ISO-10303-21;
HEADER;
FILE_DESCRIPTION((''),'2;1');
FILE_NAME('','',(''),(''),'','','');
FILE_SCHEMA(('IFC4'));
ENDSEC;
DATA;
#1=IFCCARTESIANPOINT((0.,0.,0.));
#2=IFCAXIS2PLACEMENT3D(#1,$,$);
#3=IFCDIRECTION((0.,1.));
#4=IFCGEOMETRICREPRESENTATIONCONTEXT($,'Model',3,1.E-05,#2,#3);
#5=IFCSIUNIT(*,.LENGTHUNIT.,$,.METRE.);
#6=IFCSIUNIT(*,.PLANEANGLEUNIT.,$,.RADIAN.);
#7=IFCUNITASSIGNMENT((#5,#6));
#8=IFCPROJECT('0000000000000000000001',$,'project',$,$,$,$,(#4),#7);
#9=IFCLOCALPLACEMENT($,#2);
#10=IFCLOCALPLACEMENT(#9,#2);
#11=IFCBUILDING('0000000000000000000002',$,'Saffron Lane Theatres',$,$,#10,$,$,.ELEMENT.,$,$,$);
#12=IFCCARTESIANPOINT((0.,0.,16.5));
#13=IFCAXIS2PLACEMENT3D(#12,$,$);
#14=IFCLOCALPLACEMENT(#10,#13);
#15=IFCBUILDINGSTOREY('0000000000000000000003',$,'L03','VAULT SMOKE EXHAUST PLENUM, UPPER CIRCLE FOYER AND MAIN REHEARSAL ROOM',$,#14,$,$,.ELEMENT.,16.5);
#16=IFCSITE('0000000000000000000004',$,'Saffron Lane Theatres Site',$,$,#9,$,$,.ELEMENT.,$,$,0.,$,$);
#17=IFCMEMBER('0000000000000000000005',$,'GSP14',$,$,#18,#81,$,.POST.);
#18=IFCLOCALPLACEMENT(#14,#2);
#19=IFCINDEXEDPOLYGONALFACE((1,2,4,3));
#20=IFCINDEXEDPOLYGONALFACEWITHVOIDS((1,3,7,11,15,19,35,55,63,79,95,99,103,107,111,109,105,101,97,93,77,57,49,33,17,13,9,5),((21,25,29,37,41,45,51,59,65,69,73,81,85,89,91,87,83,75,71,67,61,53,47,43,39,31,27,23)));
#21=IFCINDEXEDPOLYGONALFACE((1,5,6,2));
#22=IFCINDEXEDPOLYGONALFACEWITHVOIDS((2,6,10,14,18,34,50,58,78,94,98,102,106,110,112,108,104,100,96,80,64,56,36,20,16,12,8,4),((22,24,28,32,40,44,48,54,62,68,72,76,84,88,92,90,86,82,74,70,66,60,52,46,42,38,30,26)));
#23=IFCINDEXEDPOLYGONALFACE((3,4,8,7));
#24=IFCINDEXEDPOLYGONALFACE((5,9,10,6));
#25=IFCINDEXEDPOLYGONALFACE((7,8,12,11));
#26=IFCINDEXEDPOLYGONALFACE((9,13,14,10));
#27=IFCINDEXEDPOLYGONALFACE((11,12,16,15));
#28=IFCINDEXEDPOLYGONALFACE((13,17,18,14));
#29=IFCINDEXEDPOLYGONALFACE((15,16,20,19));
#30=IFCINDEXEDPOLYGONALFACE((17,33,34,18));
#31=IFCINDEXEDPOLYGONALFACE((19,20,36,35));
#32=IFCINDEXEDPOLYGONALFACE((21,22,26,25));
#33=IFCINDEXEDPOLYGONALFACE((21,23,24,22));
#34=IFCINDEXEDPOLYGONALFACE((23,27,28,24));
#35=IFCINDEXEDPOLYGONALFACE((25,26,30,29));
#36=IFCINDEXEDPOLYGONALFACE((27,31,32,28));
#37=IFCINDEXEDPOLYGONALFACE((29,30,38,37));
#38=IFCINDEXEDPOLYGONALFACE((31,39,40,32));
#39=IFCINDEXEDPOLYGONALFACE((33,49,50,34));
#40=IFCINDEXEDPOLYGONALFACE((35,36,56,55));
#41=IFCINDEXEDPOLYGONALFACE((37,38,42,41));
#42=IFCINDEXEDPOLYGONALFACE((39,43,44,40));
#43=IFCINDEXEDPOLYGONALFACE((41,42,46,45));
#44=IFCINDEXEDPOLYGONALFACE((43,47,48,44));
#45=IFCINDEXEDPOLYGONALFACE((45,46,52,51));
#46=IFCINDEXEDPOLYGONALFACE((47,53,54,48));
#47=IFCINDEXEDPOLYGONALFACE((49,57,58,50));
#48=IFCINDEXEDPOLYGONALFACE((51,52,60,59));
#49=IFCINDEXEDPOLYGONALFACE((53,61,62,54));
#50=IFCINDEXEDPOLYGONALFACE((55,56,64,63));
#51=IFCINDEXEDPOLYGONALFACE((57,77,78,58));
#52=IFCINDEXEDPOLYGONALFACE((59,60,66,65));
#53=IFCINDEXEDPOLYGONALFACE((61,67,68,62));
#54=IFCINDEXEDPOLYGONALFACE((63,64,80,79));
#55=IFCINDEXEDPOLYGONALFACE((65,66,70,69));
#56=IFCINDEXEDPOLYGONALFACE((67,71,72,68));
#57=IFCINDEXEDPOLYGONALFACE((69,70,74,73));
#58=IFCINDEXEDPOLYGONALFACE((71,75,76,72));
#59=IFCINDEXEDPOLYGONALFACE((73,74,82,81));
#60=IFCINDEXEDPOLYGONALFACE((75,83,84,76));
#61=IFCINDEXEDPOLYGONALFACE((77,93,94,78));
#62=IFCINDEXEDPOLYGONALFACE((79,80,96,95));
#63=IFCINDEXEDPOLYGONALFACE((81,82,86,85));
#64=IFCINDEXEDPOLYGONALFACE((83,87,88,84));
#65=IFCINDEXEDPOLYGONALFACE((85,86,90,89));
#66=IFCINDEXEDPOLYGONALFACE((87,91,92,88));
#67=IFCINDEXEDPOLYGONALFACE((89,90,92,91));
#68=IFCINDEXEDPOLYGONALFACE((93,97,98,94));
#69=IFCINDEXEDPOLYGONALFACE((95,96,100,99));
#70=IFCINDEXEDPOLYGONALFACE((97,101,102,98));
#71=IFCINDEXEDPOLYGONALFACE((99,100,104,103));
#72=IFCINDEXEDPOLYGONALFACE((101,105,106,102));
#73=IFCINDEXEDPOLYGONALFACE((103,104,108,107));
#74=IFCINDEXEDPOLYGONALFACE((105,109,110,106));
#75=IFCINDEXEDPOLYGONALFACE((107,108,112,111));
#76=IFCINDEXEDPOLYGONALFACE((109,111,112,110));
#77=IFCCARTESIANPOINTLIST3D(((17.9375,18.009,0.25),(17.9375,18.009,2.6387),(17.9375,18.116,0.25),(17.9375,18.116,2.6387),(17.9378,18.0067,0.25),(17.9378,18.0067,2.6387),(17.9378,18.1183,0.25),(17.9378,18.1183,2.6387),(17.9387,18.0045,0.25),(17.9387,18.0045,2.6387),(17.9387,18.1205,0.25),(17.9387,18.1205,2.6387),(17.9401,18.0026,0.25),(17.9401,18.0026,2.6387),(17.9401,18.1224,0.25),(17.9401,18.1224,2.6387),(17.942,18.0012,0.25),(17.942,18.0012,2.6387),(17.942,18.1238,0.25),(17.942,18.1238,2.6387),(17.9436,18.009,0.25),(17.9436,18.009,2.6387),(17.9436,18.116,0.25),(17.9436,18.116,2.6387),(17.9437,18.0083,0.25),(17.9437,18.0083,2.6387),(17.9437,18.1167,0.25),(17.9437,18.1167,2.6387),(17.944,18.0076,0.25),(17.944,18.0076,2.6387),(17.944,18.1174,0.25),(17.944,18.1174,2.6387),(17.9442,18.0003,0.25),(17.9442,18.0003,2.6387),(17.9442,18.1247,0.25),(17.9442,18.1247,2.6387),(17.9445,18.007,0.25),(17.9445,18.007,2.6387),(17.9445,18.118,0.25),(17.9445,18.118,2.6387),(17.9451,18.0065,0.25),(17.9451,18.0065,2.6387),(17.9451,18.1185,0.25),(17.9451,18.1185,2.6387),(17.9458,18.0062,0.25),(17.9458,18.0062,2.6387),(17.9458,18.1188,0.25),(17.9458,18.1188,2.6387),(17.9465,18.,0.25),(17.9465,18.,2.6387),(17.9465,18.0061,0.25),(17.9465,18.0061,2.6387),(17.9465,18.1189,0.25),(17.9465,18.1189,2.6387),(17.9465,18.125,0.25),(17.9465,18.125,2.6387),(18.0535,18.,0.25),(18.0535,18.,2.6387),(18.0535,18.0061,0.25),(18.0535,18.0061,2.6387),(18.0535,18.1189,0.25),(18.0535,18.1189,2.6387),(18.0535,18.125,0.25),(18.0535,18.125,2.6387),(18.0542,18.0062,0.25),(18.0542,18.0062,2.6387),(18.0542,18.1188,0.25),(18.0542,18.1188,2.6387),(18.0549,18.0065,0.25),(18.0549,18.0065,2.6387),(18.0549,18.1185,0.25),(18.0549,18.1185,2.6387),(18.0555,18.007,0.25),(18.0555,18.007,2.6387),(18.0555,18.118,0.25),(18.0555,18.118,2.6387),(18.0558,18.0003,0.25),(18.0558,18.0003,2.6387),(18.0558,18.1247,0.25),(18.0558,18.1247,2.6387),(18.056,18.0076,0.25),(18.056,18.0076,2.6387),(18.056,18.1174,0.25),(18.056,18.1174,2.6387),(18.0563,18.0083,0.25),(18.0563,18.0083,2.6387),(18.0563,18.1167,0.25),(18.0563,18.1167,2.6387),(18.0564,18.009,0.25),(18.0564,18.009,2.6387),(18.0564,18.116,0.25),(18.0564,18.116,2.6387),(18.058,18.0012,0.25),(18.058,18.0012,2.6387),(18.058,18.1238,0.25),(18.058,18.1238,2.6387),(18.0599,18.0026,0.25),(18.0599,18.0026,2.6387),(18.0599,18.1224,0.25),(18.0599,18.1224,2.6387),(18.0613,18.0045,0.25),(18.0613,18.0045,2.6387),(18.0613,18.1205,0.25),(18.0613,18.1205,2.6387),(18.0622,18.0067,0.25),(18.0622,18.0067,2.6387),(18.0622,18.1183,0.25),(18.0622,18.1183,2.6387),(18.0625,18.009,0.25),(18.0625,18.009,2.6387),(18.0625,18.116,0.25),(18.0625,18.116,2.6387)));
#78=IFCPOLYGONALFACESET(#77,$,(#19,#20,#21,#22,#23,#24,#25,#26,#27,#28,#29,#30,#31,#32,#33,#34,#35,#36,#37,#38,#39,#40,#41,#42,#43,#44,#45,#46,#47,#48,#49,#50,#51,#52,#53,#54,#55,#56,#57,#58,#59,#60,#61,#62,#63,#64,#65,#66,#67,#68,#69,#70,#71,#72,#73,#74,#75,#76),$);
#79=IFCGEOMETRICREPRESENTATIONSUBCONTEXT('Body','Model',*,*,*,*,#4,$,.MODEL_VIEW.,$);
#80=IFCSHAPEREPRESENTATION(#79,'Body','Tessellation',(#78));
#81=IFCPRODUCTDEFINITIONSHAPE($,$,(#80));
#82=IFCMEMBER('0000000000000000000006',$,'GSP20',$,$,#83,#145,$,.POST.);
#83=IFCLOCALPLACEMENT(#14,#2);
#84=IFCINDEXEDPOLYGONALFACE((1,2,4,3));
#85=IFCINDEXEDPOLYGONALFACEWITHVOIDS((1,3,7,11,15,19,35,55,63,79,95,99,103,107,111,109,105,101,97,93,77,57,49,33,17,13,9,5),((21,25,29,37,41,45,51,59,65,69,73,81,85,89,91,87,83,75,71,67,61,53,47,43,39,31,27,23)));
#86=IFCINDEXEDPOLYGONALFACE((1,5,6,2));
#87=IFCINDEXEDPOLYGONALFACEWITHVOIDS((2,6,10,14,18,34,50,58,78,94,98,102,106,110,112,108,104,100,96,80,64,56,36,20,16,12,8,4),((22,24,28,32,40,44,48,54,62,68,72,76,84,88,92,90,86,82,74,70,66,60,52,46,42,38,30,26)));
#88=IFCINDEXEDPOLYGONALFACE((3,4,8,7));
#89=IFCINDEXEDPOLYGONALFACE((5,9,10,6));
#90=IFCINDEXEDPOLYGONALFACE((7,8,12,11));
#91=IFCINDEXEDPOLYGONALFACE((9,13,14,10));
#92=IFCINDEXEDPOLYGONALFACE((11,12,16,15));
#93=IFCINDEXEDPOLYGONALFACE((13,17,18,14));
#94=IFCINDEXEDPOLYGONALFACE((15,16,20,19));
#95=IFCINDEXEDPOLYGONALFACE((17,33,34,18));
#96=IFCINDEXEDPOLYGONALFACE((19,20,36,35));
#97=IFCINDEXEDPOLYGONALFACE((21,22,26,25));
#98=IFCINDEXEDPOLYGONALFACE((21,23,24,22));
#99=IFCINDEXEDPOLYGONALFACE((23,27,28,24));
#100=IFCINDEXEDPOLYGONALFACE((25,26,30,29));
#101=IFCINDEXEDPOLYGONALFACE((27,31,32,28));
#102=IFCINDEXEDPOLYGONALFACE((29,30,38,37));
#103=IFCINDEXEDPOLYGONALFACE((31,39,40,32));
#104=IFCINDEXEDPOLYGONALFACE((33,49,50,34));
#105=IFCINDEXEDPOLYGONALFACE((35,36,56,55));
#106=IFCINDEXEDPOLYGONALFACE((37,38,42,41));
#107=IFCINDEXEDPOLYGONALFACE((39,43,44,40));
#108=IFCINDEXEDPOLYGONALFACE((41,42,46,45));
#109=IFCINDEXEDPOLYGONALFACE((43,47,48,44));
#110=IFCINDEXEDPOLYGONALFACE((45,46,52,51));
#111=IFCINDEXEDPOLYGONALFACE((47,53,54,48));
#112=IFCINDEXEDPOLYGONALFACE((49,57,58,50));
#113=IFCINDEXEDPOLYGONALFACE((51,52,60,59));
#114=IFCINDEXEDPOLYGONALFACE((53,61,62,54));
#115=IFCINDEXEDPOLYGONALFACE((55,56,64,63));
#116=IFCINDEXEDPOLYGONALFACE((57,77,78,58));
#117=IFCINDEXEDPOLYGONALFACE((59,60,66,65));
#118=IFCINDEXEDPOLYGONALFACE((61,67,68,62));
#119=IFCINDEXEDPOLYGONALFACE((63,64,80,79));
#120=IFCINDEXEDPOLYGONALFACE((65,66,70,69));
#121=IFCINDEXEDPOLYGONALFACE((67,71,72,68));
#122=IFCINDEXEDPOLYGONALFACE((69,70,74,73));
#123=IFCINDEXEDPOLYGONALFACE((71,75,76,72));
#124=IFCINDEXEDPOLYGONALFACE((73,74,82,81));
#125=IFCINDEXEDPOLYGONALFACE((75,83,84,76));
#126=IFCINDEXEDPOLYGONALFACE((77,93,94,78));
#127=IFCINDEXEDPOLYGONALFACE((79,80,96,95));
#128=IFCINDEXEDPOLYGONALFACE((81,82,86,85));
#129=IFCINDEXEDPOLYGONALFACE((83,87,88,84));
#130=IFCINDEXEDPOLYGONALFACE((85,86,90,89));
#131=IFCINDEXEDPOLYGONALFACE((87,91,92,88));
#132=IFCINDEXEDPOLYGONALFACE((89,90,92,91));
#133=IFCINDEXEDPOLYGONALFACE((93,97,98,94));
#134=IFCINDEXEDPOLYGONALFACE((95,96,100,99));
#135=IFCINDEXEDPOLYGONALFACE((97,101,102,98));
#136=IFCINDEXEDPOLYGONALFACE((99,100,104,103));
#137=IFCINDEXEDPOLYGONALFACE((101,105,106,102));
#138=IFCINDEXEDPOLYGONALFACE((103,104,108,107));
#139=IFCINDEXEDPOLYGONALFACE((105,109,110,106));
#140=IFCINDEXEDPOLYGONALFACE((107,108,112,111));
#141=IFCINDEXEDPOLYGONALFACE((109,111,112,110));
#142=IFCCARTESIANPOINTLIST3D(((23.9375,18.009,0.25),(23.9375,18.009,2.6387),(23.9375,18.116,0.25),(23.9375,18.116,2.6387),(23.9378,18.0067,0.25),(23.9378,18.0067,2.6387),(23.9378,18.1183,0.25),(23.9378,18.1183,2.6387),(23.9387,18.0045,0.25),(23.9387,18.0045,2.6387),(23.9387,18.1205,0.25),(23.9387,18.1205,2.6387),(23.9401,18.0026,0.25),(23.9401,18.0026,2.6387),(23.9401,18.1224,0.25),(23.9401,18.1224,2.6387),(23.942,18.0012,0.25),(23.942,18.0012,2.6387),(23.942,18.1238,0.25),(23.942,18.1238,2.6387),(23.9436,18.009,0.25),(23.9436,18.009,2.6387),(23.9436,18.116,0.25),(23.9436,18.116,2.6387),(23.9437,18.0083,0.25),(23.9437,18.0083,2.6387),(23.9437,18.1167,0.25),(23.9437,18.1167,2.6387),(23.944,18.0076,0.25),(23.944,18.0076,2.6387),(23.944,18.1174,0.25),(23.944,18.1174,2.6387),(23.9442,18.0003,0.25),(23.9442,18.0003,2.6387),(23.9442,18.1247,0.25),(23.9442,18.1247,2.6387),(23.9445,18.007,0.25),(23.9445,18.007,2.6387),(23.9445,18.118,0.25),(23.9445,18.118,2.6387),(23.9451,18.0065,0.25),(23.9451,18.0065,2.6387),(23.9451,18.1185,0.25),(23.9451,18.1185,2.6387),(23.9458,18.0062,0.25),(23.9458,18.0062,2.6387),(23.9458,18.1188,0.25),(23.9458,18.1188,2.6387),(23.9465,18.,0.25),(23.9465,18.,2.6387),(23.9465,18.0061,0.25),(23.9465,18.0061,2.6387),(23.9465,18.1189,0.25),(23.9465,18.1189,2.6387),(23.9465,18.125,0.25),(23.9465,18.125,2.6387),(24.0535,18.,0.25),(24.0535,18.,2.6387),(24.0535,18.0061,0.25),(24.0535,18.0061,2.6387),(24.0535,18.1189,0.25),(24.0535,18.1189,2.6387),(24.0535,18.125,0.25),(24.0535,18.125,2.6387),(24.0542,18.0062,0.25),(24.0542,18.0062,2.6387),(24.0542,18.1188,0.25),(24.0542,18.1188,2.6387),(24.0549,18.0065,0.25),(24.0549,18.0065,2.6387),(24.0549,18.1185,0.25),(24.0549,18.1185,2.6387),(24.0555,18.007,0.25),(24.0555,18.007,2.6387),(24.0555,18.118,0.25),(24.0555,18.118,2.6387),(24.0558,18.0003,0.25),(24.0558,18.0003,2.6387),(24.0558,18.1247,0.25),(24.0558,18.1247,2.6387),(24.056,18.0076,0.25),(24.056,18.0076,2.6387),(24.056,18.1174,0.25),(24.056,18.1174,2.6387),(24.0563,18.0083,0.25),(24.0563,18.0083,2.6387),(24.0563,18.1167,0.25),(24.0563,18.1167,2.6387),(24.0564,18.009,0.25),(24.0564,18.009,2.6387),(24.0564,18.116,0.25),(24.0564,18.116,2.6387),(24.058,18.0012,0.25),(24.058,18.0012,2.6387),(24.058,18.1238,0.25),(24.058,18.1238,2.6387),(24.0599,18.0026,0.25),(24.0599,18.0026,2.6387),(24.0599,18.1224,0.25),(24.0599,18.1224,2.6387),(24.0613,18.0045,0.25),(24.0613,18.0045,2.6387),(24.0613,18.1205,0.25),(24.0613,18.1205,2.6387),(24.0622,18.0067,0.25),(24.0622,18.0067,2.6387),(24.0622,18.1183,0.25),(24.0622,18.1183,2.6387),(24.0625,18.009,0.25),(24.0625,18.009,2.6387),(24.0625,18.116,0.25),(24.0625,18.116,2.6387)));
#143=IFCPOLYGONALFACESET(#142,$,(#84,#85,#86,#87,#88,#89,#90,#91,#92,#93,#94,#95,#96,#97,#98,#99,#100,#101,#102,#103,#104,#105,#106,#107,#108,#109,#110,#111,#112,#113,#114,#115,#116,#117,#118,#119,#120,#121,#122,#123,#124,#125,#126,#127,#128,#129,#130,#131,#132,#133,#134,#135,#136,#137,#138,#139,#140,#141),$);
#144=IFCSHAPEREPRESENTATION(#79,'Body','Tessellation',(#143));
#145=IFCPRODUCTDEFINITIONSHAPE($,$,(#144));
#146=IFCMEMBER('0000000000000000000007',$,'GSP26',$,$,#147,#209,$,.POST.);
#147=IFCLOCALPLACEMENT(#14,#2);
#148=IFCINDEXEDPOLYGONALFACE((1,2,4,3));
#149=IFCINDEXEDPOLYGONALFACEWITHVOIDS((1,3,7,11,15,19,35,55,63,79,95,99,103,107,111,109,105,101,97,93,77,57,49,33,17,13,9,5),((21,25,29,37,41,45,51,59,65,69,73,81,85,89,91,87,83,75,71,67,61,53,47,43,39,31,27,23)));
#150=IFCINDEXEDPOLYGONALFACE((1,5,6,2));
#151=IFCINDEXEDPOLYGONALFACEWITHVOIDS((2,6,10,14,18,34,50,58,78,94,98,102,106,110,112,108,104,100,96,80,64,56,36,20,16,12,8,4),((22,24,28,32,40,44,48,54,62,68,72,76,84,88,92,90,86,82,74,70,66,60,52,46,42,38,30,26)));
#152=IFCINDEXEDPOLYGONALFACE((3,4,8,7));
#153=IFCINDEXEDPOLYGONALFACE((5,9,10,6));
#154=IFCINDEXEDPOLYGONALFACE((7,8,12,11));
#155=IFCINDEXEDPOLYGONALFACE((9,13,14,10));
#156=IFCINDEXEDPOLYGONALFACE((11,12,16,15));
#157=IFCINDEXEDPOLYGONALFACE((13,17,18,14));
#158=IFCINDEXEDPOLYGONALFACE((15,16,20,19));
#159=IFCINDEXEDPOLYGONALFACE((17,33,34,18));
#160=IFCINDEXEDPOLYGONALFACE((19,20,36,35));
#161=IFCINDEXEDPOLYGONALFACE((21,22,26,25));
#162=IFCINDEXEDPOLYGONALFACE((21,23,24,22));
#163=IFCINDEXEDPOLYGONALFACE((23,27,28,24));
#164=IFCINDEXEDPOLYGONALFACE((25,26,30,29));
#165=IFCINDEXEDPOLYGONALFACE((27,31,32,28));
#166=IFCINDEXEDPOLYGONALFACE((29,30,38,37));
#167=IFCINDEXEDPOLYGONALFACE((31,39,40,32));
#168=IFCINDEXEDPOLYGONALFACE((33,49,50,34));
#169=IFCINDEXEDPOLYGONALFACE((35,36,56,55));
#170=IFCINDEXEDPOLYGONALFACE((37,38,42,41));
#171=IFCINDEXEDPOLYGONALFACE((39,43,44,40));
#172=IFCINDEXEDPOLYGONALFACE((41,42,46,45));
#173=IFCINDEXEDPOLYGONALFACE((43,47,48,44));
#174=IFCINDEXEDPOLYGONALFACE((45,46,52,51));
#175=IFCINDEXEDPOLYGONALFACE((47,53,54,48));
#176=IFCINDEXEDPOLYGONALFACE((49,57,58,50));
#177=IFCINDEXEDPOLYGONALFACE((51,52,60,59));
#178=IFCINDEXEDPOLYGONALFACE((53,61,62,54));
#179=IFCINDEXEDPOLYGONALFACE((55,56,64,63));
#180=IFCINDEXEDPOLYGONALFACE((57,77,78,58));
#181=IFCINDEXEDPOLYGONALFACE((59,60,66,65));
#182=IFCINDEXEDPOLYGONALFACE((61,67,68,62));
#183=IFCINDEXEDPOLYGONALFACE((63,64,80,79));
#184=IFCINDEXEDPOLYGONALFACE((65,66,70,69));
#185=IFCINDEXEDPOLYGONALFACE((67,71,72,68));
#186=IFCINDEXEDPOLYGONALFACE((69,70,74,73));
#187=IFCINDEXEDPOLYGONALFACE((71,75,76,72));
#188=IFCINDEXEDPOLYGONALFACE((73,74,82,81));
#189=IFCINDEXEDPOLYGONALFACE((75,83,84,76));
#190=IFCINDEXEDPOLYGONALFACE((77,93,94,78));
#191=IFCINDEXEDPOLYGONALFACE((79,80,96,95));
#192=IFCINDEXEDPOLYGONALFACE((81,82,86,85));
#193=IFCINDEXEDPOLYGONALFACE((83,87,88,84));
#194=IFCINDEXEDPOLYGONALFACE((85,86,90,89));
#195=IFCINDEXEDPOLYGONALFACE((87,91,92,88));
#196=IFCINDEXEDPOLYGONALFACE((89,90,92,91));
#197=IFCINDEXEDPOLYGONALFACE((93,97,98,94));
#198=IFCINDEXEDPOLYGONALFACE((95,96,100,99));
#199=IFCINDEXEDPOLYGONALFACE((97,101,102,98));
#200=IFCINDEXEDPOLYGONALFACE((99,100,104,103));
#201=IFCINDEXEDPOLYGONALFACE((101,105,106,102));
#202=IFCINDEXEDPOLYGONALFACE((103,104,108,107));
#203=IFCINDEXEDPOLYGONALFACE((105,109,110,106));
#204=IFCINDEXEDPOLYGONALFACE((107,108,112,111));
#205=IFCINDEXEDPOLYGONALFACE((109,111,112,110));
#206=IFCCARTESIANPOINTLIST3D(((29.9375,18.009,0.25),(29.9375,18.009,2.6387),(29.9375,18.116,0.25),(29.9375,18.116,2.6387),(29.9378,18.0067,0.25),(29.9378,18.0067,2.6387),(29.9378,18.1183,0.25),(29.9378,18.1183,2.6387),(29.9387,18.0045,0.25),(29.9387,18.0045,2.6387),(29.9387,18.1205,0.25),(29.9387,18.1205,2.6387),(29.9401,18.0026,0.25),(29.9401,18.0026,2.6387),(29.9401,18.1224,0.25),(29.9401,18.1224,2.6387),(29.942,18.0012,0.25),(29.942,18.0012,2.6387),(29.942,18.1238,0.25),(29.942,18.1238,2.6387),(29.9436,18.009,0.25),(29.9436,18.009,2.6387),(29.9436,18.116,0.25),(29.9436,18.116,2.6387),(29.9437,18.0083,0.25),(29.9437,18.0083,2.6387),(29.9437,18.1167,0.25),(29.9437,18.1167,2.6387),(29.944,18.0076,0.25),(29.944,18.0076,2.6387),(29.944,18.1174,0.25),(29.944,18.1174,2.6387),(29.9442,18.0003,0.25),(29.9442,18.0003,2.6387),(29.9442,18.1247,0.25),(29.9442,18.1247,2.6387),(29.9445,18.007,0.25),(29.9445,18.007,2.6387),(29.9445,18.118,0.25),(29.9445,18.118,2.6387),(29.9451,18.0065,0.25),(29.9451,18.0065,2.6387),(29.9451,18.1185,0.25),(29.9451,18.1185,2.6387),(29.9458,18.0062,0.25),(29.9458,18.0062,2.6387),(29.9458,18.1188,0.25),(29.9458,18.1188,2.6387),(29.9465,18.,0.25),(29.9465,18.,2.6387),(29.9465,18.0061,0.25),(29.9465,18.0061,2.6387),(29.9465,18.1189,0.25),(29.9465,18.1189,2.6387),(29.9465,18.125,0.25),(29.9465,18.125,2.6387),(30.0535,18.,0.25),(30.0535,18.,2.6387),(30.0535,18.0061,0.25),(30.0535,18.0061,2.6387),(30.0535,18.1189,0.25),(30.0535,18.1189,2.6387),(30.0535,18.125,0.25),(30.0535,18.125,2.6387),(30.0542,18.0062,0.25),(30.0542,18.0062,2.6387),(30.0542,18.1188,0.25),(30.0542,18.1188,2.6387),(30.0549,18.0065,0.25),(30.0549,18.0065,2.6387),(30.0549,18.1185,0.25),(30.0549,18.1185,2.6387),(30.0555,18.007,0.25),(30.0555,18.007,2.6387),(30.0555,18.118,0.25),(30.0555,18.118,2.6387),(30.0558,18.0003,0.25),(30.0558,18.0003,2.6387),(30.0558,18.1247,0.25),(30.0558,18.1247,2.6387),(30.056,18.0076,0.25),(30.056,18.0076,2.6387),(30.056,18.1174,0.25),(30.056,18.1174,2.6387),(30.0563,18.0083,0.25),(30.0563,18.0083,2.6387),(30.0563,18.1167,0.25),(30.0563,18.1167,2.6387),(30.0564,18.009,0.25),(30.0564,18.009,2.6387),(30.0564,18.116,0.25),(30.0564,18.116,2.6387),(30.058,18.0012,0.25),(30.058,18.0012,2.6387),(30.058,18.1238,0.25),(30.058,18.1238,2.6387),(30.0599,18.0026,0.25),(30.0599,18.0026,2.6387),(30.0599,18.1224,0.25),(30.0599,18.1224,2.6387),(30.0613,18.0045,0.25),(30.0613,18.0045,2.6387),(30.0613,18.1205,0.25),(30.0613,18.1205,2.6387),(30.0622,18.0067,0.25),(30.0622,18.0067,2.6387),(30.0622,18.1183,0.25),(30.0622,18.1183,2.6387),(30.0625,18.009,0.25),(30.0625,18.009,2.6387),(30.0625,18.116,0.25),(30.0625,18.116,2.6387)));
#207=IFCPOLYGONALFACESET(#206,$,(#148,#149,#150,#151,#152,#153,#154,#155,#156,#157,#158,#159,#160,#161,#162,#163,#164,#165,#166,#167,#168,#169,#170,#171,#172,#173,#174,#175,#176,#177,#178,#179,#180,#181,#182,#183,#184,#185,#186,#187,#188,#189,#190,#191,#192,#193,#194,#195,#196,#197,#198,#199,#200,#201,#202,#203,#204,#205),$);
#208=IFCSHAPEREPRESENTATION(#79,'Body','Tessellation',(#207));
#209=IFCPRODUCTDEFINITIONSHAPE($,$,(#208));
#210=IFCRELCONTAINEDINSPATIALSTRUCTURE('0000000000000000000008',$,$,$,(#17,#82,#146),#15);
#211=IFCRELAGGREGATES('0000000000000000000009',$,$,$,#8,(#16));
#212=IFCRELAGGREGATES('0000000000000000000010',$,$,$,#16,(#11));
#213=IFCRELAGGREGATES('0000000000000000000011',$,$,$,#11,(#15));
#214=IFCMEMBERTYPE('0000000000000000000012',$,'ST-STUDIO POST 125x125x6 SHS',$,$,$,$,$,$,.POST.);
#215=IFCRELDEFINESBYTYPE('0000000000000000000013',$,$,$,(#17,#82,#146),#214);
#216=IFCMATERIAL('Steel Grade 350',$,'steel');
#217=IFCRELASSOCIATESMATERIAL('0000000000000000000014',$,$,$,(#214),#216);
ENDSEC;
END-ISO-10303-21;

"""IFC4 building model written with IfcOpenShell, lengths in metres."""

from ifc_helpers import new_model, si_unit, direction, frame, origin, origin_2d, place, context, subcontext, project, spatial, hollow_rectangle, extrude, material, material_profile, profile_set, type_object, element, save


model = new_model("IFC4")

# Units and contexts
model_context = context("Model", 3, precision=1e-05, world=origin(), true_north=direction((0.0, 1.0)))
body_context = subcontext(model_context, "Body", "Model", "MODEL_VIEW")
ifc_project = project(units=[si_unit("LENGTHUNIT", "METRE"), si_unit("PLANEANGLEUNIT", "RADIAN")], contexts=[model_context])

# Site, building, storey
site_placement = place(None, origin())
site = spatial("IfcSite", under=ifc_project, at=site_placement, Name="Saffron Lane Theatres Site", CompositionType="ELEMENT", RefElevation=0.0)
building_placement = place(site_placement, origin())
building = spatial("IfcBuilding", under=site, at=building_placement, Name="Saffron Lane Theatres", CompositionType="ELEMENT")
storey_placement = place(building_placement, frame((0.0, 0.0, 16.5)))
storey = spatial("IfcBuildingStorey", under=building, at=storey_placement, Name="L03", Description="VAULT SMOKE EXHAUST PLENUM, UPPER CIRCLE FOYER AND MAIN REHEARSAL ROOM", CompositionType="ELEMENT", Elevation=16.5)

# Members
ifc_material_1 = material(Name="Steel Grade 350", Category="steel")
ifc_material_profile_1 = material_profile(ifc_material_1, hollow_rectangle(XDim=0.125, YDim=0.125, WallThickness=0.0061, InnerFilletRadius=0.0029, OuterFilletRadius=0.009, at=origin_2d()))
ifc_profile_set_1 = profile_set([ifc_material_profile_1], Name="Steel Grade 350")
member_type_1 = type_object("IfcMemberType", Name="ST-STUDIO POST 125x125x6 SHS", PredefinedType="POST", material=ifc_profile_set_1)
for number, where, z_axis, x_axis, name in (
    (1, (18.0, 18.0625, 0.25), (0.0, 0.0, 1.0), (1.0, 0.0, 0.0), "GSP14"),
    (2, (24.0, 18.0625, 0.25), (0.0, 0.0, 1.0), (1.0, 0.0, 0.0), "GSP20"),
    (3, (30.0, 18.0625, 0.25), (0.0, 0.0, 1.0), (1.0, 0.0, 0.0), "GSP26"),
):
    element("IfcMember", number, at=place(storey_placement, frame(where, z_axis=z_axis, x_axis=x_axis)), inside=storey, type_object=member_type_1, Name=name, PredefinedType="POST", context=body_context, shape_type="SweptSolid", body=[
        extrude(hollow_rectangle(XDim=0.125, YDim=0.125, WallThickness=0.0061, InnerFilletRadius=0.0029, OuterFilletRadius=0.009, at=origin_2d()), origin(), (0.0, 0.0, 1.0), 2.3887),
    ])

save(model, "model.ifc")
